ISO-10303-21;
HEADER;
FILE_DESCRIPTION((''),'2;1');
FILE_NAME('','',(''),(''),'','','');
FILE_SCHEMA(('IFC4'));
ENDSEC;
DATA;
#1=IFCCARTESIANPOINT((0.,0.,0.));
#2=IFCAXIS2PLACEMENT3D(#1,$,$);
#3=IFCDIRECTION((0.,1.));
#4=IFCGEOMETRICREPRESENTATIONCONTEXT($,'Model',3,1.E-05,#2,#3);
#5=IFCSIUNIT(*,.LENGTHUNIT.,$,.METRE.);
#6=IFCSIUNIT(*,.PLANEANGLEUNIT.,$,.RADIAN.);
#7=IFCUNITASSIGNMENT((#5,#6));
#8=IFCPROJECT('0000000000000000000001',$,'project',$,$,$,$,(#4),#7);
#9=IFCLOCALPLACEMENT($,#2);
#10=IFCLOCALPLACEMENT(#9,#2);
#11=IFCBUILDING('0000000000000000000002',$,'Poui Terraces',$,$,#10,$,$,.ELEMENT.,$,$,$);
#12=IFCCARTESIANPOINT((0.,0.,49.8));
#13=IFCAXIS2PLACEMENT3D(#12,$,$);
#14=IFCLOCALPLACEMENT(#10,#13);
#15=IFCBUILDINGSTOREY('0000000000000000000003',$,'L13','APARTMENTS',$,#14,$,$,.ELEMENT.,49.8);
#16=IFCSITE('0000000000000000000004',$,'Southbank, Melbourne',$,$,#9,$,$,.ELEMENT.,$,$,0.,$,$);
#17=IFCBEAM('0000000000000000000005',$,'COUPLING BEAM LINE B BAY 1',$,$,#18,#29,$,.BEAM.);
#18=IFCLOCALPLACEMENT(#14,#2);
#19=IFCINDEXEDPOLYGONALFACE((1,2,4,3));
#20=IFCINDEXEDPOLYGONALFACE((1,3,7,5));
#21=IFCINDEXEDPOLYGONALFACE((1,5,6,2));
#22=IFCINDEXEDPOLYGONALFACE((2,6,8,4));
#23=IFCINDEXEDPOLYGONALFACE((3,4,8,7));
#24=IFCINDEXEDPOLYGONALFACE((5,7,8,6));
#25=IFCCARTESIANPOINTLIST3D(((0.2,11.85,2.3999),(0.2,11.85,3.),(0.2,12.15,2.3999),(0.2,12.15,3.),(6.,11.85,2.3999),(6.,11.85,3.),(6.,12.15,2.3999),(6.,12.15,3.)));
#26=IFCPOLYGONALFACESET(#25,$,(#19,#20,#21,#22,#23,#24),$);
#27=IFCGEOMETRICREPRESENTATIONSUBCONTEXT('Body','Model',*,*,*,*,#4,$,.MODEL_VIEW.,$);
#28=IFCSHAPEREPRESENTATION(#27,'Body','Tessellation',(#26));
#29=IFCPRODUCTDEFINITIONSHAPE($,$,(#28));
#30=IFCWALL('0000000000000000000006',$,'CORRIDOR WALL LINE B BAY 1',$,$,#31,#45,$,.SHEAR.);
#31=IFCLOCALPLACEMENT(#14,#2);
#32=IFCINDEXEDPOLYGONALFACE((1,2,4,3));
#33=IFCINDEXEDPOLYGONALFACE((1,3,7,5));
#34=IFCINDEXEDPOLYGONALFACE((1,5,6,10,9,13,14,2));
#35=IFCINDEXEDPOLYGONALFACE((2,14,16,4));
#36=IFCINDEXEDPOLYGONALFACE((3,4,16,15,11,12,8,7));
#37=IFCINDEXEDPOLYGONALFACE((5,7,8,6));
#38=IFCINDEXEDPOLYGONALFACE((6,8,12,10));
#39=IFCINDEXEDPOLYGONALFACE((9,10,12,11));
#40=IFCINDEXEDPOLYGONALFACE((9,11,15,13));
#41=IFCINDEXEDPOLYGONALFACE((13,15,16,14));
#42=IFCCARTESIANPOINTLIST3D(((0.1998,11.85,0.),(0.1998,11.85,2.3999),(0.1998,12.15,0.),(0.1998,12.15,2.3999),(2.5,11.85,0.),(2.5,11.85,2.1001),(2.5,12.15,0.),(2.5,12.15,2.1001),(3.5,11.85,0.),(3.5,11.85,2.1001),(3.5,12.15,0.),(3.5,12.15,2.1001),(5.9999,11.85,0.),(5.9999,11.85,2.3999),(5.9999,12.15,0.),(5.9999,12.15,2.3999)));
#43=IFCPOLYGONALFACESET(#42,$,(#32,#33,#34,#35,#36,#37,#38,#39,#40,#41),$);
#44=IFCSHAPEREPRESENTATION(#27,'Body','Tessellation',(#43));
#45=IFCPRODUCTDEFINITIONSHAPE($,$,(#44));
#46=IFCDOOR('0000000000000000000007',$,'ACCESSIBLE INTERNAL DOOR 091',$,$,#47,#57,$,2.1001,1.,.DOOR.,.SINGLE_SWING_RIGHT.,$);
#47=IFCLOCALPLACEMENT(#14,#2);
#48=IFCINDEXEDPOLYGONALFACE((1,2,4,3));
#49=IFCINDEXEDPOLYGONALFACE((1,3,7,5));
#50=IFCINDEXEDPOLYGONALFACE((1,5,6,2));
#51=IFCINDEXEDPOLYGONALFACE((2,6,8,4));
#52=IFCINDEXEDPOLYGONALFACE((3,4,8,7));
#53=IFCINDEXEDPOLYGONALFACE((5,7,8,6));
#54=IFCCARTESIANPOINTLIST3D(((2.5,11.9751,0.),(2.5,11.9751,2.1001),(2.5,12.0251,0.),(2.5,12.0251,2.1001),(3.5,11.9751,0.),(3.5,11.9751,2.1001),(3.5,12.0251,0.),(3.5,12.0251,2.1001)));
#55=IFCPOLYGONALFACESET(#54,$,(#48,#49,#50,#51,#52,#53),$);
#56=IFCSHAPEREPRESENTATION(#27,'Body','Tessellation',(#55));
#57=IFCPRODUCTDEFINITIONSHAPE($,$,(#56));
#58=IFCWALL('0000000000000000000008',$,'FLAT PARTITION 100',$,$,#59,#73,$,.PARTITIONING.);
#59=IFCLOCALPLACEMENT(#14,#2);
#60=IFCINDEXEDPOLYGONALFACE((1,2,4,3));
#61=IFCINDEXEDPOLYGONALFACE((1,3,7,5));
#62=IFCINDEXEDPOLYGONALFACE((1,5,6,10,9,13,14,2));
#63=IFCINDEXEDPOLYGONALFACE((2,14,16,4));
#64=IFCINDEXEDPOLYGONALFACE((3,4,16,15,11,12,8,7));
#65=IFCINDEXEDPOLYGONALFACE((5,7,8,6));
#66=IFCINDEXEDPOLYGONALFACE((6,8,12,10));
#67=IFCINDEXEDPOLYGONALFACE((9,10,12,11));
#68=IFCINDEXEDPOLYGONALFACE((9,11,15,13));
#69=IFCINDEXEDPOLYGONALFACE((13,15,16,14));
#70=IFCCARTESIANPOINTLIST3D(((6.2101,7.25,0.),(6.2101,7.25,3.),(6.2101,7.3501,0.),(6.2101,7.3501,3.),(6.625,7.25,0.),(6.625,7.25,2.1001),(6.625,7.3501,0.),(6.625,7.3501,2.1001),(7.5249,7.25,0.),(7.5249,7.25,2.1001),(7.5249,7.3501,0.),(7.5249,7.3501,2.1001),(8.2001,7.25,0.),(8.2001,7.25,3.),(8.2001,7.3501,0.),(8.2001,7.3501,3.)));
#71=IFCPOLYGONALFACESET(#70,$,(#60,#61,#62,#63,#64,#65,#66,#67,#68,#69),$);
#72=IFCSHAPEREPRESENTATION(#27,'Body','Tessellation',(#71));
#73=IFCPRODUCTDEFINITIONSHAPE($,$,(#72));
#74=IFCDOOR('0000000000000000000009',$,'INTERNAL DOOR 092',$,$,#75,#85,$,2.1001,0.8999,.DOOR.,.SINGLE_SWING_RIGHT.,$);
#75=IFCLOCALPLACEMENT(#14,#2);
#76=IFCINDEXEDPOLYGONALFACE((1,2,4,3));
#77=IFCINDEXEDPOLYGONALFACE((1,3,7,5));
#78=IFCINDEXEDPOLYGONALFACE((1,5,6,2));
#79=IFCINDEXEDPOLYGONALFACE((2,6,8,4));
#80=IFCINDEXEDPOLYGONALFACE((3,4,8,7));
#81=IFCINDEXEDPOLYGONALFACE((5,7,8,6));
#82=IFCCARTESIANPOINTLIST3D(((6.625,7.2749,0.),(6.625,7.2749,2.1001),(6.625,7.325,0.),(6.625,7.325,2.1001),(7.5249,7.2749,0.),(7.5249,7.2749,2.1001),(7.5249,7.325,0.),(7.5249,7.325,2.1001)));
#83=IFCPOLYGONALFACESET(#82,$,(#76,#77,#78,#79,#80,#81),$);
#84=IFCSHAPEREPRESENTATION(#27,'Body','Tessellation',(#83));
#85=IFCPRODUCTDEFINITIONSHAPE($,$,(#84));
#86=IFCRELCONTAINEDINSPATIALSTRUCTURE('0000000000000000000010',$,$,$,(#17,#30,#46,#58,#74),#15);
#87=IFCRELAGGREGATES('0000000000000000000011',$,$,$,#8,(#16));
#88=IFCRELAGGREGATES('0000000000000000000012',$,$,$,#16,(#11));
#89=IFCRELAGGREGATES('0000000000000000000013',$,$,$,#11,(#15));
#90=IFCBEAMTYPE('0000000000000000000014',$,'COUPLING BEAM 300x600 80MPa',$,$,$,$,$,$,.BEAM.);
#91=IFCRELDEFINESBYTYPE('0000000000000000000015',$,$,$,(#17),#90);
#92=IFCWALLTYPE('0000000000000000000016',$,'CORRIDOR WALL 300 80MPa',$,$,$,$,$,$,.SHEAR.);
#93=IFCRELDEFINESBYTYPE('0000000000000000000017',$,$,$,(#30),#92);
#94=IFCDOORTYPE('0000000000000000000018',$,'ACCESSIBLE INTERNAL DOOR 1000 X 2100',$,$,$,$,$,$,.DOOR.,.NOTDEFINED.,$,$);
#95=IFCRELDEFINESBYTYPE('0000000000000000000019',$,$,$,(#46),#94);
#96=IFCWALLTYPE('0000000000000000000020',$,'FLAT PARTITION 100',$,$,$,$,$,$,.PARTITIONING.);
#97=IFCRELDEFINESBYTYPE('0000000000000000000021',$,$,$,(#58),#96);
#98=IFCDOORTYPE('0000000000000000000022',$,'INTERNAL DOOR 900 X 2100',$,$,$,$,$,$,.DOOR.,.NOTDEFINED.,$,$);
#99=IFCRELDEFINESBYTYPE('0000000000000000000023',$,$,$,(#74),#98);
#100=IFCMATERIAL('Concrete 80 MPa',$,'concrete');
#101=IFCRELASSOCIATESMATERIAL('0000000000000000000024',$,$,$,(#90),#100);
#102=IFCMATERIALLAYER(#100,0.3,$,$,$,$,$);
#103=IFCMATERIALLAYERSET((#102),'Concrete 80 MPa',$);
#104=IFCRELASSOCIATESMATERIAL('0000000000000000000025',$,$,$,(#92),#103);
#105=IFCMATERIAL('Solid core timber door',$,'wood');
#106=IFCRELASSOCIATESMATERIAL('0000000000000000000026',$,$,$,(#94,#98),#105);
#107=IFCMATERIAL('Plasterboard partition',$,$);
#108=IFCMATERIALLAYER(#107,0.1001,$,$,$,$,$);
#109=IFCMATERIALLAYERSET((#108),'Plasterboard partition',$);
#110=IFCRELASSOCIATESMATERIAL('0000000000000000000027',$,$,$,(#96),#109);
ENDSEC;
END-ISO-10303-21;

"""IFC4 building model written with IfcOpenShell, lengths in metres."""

from ifc_helpers import new_model, si_unit, direction, frame, frame_2d, origin, origin_2d, place, context, subcontext, project, spatial, rectangle, extrude, source, transform, mapped, material, layer, layer_set, material_profile, profile_set, type_object, element, fill, save


model = new_model("IFC4")

# Units and contexts
model_context = context("Model", 3, precision=1e-05, world=origin(), true_north=direction((0.0, 1.0)))
body_context = subcontext(model_context, "Body", "Model", "MODEL_VIEW")
ifc_project = project(units=[si_unit("LENGTHUNIT", "METRE"), si_unit("PLANEANGLEUNIT", "RADIAN")], contexts=[model_context])

# Site, building, storey
site_placement = place(None, origin())
site = spatial("IfcSite", under=ifc_project, at=site_placement, Name="Southbank, Melbourne", CompositionType="ELEMENT", RefElevation=0.0)
building_placement = place(site_placement, origin())
building = spatial("IfcBuilding", under=site, at=building_placement, Name="Poui Terraces", CompositionType="ELEMENT")
storey_placement = place(building_placement, frame((0.0, 0.0, 49.8)))
storey = spatial("IfcBuildingStorey", under=building, at=storey_placement, Name="L13", Description="APARTMENTS", CompositionType="ELEMENT", Elevation=49.8)

# Beam
ifc_material_1 = material(Name="Concrete 80 MPa", Category="concrete")
ifc_material_profile = material_profile(ifc_material_1, rectangle(XDim=0.3, YDim=0.6001, at=origin_2d()), Name="RC 300x600")
ifc_profile_set = profile_set([ifc_material_profile], Name="Concrete 80 MPa")
beam_type = type_object("IfcBeamType", Name="COUPLING BEAM 300x600 80MPa", PredefinedType="BEAM", material=ifc_profile_set)
shared_shape = source(origin(), body_context, "Body", "SweptSolid", [
    extrude(rectangle(XDim=0.3, YDim=0.6001, at=origin_2d()), origin(), (0.0, 0.0, 1.0), 5.8),
])
beam_placement = place(storey_placement, frame((0.2, 12.0, 2.7), z_axis=(1.0, 0.0, 0.0), x_axis=(0.0, 1.0, 0.0)))
element("IfcBeam", 1, at=beam_placement, inside=storey, type_object=beam_type, Name="COUPLING BEAM LINE B BAY 1", PredefinedType="BEAM", context=body_context, shape_type="MappedRepresentation", body=[
    mapped(shared_shape, transform((0.0, 0.0, 0.0))),
])

# Walls, openings, doors
ifc_layer_1 = layer(ifc_material_1, 0.3)
ifc_layer_set_1 = layer_set([ifc_layer_1], Name="Concrete 80 MPa")
wall_type_1 = type_object("IfcWallType", Name="CORRIDOR WALL 300 80MPa", PredefinedType="SHEAR", material=ifc_layer_set_1)
wall_1_placement = place(storey_placement, frame((0.2, 12.0, 0.0), z_axis=(0.0, 0.0, 1.0), x_axis=(1.0, 0.0, 0.0)))
wall_1 = element("IfcWall", 2, at=wall_1_placement, inside=storey, type_object=wall_type_1, Name="CORRIDOR WALL LINE B BAY 1", PredefinedType="SHEAR", context=body_context, shape_type="SweptSolid", body=[
    extrude(rectangle(XDim=5.8, YDim=0.3, at=frame_2d((2.8999, 0.0))), origin(), (0.0, 0.0, 1.0), 2.3999),
])
opening_1_placement = place(wall_1_placement, frame((2.3, 0.0, 0.0)))
opening_1 = element("IfcOpeningElement", 3, at=opening_1_placement, cuts=wall_1, PredefinedType="OPENING", context=body_context, shape_type="SweptSolid", body=[
    extrude(rectangle(XDim=1.0, YDim=2.1001, at=frame_2d((0.5, 1.05))), frame((0.0, 0.1602, 0.0), z_axis=(0.0, -1.0, 0.0), x_axis=(1.0, 0.0, 0.0)), (0.0, 0.0, 1.0), 0.3201),
])
ifc_material_2 = material(Name="Solid core timber door", Category="wood")
door_type_1 = type_object("IfcDoorType", Name="ACCESSIBLE INTERNAL DOOR 1000 X 2100", OperationType="NOTDEFINED", PredefinedType="DOOR", material=ifc_material_2)
door_1_placement = place(opening_1_placement, frame((1.0, 0.0, 0.0), z_axis=(0.0, 0.0, 1.0), x_axis=(-1.0, 0.0, 0.0)))
door_1 = element("IfcDoor", 4, at=door_1_placement, inside=storey, type_object=door_type_1, Name="ACCESSIBLE INTERNAL DOOR 091", OperationType="SINGLE_SWING_RIGHT", OverallHeight=2.1001, OverallWidth=1.0, PredefinedType="DOOR", context=body_context, shape_type="SweptSolid", body=[
    extrude(rectangle(XDim=1.0, YDim=2.1001, at=frame_2d((0.5, 1.05))), frame((0.0, 0.0249, 0.0), z_axis=(0.0, -1.0, 0.0), x_axis=(1.0, 0.0, 0.0)), (0.0, 0.0, 1.0), 0.05),
])
fill(opening_1, door_1)
ifc_material_3 = material(Name="Plasterboard partition")
ifc_layer_2 = layer(ifc_material_3, 0.1001)
ifc_layer_set_2 = layer_set([ifc_layer_2], Name="Plasterboard partition")
wall_type_2 = type_object("IfcWallType", Name="FLAT PARTITION 100", PredefinedType="PARTITIONING", material=ifc_layer_set_2)
wall_2_placement = place(storey_placement, frame((6.21, 7.3, 0.0), z_axis=(0.0, 0.0, 1.0), x_axis=(1.0, 0.0, 0.0)))
wall_2 = element("IfcWall", 5, at=wall_2_placement, inside=storey, type_object=wall_type_2, Name="FLAT PARTITION 100", PredefinedType="PARTITIONING", context=body_context, shape_type="SweptSolid", body=[
    extrude(rectangle(XDim=1.99, YDim=0.1001, at=frame_2d((0.9951, 0.0))), origin(), (0.0, 0.0, 1.0), 3.0),
])
opening_2_placement = place(wall_2_placement, frame((0.415, 0.0, 0.0)))
opening_2 = element("IfcOpeningElement", 6, at=opening_2_placement, cuts=wall_2, PredefinedType="OPENING", context=body_context, shape_type="SweptSolid", body=[
    extrude(rectangle(XDim=0.8999, YDim=2.1001, at=frame_2d((0.45, 1.05))), frame((0.0, 0.0601, 0.0), z_axis=(0.0, -1.0, 0.0), x_axis=(1.0, 0.0, 0.0)), (0.0, 0.0, 1.0), 0.1201),
])
door_type_2 = type_object("IfcDoorType", Name="INTERNAL DOOR 900 X 2100", OperationType="NOTDEFINED", PredefinedType="DOOR", material=ifc_material_2)
door_2_placement = place(opening_2_placement, origin())
door_2 = element("IfcDoor", 7, at=door_2_placement, inside=storey, type_object=door_type_2, Name="INTERNAL DOOR 092", OperationType="SINGLE_SWING_RIGHT", OverallHeight=2.1001, OverallWidth=0.8999, PredefinedType="DOOR", context=body_context, shape_type="SweptSolid", body=[
    extrude(rectangle(XDim=0.8999, YDim=2.1001, at=frame_2d((0.45, 1.05))), frame((0.0, 0.0249, 0.0), z_axis=(0.0, -1.0, 0.0), x_axis=(1.0, 0.0, 0.0)), (0.0, 0.0, 1.0), 0.05),
])
fill(opening_2, door_2)

save(model, "model.ifc")
